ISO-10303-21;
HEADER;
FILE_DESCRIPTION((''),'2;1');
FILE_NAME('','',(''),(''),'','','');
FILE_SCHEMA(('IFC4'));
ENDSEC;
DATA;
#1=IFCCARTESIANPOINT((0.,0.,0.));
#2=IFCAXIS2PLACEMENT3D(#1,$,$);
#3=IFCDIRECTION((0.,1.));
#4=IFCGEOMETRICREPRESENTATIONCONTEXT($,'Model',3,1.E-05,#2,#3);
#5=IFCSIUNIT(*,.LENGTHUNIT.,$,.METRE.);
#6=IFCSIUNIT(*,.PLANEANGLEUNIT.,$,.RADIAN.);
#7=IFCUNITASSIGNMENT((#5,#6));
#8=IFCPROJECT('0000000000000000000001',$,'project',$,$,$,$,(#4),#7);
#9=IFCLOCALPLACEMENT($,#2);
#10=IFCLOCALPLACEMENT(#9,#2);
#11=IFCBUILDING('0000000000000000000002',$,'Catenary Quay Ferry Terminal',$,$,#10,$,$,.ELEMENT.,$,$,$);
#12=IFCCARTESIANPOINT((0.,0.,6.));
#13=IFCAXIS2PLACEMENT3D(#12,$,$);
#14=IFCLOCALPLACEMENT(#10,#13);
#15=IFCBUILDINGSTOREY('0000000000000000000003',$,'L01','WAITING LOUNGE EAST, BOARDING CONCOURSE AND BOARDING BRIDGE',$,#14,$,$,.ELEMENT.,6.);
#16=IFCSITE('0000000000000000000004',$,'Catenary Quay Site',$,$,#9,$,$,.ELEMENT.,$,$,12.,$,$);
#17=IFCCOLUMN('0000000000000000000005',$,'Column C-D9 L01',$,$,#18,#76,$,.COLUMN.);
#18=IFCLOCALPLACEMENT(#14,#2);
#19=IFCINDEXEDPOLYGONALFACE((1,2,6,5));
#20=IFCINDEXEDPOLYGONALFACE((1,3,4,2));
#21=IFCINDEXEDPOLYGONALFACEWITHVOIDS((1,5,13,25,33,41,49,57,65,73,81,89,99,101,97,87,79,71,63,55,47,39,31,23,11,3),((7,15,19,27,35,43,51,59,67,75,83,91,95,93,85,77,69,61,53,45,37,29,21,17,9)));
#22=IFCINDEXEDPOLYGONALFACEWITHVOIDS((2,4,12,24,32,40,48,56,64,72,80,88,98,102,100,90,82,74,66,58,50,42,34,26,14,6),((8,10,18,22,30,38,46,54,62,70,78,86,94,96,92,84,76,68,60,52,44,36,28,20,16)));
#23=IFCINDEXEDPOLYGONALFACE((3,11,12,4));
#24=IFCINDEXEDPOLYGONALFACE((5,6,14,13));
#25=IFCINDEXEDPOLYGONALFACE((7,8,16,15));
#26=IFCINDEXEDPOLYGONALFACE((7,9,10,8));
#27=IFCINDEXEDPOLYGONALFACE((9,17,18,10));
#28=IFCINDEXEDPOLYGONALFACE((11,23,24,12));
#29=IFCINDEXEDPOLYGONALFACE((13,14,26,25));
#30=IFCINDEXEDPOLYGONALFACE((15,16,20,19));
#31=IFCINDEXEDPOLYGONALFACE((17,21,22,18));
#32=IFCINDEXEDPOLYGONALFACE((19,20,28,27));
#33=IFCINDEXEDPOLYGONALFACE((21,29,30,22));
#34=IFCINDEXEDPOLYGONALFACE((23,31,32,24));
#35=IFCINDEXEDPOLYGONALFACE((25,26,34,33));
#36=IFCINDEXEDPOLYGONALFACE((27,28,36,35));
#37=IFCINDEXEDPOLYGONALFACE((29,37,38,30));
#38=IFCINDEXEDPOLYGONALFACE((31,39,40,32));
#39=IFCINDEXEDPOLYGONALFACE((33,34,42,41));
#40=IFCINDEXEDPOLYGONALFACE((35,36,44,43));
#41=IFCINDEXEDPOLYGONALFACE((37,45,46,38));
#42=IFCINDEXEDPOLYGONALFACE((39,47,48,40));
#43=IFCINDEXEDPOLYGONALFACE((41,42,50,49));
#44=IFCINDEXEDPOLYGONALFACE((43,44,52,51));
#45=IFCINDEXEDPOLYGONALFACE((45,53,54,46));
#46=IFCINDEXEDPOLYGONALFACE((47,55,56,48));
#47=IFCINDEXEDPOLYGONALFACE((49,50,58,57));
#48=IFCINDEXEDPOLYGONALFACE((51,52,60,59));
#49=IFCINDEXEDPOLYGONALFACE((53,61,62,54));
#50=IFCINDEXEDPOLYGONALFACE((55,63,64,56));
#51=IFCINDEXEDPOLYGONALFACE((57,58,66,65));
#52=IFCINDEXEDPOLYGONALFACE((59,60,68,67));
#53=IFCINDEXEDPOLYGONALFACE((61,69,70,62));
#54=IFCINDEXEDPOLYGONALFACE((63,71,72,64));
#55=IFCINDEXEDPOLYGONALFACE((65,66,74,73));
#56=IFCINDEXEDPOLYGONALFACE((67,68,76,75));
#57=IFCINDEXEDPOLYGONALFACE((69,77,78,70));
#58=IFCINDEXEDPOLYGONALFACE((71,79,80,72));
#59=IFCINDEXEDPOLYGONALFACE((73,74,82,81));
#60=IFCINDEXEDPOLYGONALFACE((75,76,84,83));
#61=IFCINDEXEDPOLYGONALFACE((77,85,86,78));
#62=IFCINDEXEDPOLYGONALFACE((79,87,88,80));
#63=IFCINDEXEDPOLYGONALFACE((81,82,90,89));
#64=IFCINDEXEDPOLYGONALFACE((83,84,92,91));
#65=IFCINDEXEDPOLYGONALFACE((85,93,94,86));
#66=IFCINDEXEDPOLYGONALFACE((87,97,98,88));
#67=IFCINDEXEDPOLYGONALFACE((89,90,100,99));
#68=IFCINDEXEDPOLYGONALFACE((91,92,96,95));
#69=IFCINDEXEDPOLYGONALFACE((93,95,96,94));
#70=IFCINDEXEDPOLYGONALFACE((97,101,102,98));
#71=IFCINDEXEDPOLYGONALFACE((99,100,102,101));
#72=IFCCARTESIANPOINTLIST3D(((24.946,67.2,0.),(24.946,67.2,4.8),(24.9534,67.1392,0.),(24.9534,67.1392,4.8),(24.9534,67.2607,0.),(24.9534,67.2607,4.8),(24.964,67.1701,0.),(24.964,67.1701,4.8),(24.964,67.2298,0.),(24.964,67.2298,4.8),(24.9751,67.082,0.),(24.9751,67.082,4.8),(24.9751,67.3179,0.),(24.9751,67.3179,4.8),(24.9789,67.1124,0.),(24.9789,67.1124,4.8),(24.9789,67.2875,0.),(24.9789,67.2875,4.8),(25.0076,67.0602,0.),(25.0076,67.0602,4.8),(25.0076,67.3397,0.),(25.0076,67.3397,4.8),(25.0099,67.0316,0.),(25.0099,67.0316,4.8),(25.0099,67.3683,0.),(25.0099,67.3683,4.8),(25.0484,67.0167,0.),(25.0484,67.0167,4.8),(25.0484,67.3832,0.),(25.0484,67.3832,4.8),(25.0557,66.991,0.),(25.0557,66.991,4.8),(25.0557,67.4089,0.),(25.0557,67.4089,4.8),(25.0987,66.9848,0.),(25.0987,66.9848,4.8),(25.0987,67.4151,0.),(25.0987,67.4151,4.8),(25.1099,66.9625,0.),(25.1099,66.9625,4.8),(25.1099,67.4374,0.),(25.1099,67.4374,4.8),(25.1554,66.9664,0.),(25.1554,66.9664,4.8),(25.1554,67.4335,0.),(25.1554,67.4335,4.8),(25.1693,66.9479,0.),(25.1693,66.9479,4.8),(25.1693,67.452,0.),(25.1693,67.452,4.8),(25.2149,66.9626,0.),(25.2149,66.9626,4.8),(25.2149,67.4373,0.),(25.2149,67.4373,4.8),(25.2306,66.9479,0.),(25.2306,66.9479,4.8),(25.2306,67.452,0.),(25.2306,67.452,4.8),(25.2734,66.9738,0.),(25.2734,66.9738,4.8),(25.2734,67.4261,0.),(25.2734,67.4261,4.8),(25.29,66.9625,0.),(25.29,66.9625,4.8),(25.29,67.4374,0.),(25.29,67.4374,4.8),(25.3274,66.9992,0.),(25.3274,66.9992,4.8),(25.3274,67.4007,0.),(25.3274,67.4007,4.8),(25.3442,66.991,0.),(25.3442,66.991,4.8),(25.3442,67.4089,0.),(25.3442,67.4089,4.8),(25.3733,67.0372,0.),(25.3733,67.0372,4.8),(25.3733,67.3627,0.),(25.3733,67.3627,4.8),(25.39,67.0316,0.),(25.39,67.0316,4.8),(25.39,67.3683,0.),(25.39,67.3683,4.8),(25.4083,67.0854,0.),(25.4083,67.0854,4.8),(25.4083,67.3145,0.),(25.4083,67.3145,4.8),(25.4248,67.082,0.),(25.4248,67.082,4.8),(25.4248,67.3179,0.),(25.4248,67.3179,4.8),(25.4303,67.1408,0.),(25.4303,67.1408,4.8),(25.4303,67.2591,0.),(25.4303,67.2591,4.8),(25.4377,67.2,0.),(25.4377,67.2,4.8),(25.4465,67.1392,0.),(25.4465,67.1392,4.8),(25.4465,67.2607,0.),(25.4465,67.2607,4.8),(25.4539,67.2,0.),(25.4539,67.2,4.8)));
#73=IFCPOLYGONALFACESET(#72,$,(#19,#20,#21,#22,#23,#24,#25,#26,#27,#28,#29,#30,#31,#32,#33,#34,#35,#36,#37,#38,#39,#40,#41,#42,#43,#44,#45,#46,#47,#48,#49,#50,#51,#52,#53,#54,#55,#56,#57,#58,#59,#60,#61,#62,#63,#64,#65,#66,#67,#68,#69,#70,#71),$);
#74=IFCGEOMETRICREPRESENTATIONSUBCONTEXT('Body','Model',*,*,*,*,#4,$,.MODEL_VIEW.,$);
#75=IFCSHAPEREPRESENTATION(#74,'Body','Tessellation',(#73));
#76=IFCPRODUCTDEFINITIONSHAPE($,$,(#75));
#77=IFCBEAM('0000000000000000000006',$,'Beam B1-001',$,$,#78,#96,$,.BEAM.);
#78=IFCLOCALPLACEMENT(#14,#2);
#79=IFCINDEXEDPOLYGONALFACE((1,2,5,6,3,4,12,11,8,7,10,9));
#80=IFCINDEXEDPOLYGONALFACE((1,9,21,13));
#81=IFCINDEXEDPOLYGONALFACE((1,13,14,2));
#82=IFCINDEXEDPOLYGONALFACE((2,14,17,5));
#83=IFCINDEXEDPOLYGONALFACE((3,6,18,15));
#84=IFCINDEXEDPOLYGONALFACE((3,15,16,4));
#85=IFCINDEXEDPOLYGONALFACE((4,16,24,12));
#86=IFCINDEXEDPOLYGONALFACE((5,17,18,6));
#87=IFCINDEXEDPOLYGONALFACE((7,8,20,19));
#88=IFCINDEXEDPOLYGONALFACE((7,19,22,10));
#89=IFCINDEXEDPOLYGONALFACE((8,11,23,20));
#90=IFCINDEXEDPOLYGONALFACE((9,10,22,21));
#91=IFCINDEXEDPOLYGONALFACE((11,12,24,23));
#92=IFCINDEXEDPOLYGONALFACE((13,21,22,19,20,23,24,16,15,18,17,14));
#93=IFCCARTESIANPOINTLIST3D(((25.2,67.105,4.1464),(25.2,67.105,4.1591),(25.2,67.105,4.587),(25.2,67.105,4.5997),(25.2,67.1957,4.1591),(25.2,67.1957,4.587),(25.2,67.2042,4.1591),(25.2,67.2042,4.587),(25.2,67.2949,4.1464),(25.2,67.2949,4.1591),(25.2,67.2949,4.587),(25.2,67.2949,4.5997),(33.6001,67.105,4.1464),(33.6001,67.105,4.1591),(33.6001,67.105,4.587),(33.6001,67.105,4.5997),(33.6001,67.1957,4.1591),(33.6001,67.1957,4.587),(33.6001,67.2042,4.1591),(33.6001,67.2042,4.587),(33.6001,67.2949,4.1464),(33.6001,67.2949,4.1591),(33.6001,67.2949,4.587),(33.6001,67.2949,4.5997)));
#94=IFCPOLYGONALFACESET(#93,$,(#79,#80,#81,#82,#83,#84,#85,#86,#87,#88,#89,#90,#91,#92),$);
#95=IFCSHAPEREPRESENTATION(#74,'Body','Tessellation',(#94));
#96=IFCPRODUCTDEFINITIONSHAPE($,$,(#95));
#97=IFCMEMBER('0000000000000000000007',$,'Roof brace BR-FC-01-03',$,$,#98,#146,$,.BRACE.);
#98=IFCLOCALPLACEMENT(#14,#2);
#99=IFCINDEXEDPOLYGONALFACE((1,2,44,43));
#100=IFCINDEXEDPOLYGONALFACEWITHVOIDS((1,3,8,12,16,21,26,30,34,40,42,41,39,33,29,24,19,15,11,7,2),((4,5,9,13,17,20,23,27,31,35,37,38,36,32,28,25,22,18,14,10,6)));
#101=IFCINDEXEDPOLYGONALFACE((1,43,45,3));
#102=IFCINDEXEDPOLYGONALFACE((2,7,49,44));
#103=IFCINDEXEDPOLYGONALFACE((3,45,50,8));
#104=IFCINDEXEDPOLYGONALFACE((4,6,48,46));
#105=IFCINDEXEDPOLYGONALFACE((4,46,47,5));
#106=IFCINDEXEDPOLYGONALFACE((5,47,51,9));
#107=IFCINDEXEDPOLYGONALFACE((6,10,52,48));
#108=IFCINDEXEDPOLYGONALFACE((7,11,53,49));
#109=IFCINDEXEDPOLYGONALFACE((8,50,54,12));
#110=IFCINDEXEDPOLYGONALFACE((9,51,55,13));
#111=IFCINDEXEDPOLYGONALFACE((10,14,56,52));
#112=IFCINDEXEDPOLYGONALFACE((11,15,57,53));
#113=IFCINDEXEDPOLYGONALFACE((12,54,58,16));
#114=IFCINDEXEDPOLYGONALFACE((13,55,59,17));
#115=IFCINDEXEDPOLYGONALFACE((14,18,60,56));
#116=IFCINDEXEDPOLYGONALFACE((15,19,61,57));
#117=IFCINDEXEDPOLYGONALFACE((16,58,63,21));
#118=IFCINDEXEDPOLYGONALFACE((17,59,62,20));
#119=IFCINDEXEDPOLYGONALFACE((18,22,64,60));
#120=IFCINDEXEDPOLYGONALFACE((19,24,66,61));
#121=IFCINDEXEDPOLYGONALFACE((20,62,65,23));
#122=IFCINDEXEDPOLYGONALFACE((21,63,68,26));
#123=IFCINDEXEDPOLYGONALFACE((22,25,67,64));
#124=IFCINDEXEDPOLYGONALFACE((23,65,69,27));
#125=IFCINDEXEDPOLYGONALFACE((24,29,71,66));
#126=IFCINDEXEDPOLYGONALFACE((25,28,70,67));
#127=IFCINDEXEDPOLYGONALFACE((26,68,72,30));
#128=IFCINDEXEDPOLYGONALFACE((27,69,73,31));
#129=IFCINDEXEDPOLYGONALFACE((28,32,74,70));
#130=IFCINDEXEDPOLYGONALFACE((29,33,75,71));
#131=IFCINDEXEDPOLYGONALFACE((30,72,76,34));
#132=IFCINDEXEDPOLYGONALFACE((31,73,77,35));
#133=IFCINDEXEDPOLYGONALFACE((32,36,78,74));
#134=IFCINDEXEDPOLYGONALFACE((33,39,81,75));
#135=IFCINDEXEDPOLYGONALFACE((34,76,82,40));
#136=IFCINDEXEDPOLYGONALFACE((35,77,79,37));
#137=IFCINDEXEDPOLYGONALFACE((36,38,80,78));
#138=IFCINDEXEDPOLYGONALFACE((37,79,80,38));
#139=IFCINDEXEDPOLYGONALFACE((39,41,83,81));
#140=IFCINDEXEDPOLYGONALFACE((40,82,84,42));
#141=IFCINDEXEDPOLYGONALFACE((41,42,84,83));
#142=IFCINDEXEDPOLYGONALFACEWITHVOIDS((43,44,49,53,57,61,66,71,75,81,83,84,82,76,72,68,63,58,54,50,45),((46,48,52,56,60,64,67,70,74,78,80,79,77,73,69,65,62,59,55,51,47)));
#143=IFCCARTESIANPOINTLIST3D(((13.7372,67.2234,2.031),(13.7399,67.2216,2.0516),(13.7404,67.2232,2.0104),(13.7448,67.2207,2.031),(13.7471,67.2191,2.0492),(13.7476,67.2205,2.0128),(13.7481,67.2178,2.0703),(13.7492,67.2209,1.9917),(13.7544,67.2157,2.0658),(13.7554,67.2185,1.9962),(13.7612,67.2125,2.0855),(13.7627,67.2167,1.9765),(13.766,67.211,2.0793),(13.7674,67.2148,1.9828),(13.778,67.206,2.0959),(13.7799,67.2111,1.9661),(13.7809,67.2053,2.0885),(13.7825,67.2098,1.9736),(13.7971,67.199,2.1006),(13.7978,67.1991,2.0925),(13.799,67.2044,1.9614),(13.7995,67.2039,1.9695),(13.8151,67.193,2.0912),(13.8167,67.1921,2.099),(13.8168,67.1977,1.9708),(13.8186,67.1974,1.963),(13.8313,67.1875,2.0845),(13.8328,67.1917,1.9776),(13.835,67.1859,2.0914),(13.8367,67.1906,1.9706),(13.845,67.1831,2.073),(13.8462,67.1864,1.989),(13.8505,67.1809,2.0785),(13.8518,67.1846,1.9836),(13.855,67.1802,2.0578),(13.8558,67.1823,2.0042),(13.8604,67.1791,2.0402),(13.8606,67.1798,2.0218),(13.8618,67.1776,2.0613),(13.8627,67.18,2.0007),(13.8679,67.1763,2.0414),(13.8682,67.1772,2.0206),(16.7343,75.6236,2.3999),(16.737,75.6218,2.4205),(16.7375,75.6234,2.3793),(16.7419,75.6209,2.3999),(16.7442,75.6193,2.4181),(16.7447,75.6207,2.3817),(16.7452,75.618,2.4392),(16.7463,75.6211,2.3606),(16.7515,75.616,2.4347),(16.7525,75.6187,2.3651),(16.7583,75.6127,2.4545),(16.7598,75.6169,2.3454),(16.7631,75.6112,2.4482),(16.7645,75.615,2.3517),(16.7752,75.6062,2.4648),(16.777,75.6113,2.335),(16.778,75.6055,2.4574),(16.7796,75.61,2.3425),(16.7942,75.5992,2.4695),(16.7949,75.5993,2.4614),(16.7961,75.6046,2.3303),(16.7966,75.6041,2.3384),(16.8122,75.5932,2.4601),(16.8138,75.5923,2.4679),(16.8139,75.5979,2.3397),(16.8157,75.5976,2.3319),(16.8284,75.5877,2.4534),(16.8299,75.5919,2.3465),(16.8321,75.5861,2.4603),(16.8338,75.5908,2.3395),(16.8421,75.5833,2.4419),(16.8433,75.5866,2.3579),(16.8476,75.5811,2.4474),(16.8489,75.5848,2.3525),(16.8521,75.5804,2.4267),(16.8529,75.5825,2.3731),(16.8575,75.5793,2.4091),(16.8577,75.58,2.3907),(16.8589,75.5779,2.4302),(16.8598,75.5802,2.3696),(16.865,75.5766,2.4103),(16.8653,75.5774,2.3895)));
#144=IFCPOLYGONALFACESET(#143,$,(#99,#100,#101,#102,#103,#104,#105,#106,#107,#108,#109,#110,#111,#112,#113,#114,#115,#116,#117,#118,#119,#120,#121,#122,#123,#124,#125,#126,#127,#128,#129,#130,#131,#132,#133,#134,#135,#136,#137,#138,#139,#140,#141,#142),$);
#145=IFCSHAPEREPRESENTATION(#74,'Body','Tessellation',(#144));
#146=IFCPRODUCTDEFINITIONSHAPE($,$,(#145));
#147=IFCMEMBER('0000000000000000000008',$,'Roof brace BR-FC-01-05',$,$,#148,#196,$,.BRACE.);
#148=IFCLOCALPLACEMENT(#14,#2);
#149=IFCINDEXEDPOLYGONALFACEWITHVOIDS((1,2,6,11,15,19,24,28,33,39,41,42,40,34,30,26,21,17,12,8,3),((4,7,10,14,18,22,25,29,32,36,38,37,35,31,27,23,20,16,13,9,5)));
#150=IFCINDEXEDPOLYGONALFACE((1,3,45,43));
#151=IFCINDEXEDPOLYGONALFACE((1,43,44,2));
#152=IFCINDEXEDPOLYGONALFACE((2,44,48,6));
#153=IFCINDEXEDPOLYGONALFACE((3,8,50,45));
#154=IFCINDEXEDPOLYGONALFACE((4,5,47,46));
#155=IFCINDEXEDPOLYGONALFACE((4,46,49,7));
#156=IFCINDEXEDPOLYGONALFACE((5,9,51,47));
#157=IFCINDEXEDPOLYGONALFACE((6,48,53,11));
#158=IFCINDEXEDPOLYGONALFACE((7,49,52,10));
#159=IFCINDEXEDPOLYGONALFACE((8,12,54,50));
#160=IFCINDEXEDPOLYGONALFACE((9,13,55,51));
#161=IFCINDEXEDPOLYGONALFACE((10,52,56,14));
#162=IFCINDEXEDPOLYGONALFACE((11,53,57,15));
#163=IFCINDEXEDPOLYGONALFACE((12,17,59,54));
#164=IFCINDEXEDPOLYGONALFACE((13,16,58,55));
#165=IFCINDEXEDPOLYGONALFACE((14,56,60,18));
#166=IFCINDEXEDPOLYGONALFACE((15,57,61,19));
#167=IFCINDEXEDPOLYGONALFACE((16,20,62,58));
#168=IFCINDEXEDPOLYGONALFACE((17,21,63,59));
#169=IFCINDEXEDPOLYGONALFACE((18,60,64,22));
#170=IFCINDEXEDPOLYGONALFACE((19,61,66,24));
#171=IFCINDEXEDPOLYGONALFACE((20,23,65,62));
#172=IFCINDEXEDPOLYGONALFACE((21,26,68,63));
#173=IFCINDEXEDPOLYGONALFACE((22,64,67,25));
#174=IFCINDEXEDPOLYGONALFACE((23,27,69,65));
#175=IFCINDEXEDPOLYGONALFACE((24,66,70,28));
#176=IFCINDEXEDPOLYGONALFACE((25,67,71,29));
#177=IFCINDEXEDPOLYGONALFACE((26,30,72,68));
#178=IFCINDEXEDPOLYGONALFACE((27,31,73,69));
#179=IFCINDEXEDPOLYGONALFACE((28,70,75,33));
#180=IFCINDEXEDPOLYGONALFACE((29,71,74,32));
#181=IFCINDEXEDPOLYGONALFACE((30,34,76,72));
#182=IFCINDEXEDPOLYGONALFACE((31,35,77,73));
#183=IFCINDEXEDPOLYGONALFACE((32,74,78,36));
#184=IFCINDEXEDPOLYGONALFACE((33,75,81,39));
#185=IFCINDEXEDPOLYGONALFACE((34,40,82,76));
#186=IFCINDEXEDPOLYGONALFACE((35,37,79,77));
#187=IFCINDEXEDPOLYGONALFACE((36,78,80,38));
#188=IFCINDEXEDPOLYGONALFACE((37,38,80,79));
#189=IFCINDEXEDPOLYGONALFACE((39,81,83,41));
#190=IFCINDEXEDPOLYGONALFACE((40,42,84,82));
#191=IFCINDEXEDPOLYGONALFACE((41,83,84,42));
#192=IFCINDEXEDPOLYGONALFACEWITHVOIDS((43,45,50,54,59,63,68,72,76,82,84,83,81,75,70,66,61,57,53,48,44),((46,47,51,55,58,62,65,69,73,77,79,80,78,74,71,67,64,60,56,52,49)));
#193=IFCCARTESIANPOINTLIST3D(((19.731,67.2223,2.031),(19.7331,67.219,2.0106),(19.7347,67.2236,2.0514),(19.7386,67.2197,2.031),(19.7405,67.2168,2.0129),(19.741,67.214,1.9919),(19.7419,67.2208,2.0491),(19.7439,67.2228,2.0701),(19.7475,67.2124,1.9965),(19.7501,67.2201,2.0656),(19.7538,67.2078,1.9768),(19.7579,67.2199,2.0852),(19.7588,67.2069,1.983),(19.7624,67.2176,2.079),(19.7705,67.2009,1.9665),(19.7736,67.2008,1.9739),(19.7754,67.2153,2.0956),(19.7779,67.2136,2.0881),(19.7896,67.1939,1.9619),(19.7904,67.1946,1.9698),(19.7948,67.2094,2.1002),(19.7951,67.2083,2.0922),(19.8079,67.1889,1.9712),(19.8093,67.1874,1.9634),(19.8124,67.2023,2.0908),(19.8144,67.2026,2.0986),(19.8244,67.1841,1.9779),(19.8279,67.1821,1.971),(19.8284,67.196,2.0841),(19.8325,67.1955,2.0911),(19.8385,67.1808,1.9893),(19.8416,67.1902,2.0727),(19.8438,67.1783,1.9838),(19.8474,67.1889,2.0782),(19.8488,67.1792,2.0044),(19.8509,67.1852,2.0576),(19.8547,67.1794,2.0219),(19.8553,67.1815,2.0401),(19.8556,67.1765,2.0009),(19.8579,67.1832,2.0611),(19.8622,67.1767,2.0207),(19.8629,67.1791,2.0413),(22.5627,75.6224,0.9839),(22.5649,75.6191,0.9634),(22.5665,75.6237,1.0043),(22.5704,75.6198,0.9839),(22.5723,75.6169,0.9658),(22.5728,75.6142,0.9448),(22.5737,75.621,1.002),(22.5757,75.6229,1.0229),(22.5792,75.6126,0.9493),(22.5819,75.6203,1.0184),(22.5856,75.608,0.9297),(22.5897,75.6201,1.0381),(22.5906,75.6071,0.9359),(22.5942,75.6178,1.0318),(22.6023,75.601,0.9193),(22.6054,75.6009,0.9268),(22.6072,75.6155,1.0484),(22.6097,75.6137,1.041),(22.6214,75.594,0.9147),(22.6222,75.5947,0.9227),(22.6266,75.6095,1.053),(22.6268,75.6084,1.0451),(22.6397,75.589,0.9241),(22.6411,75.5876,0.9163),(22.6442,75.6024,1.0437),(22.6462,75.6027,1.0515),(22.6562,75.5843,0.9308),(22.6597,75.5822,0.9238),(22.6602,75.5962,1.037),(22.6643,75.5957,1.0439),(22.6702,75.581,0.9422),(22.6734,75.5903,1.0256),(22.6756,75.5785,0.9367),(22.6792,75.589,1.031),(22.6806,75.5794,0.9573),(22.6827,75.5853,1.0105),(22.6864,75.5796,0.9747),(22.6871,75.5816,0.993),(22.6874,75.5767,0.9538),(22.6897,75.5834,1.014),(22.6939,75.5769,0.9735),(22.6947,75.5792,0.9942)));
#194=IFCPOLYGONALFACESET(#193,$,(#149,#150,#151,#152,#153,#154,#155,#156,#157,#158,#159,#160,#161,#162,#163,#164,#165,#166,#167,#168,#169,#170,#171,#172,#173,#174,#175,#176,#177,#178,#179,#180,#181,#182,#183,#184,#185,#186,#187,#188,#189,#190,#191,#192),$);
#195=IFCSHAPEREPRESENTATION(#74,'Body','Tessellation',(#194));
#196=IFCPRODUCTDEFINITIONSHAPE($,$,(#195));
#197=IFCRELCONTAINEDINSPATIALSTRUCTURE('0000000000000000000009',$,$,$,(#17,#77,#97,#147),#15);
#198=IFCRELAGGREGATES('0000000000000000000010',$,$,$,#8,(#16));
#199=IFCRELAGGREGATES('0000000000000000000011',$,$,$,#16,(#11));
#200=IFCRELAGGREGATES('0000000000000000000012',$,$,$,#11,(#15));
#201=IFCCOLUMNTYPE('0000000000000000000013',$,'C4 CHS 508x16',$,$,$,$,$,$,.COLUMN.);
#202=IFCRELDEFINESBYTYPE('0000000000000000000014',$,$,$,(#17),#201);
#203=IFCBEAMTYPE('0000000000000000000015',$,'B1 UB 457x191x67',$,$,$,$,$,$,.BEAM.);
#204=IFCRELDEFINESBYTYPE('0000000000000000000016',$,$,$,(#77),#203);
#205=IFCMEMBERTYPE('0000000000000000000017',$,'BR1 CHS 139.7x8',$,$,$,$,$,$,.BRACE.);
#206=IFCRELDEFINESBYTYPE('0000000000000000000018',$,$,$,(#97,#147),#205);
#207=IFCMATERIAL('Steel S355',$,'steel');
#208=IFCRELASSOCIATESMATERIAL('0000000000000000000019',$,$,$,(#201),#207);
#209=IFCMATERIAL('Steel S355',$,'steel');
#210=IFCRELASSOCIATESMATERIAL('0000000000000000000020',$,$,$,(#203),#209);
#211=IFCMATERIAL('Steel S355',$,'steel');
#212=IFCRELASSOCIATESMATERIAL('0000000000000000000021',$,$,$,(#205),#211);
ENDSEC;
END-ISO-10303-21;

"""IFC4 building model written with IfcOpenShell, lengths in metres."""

from ifc_helpers import new_model, si_unit, direction, frame, origin, origin_2d, place, context, subcontext, project, spatial, hollow_circle, i_section, extrude, material, material_profile, profile_set, type_object, element, save


model = new_model("IFC4")

# Units and contexts
model_context = context("Model", 3, precision=1e-05, world=origin(), true_north=direction((0.0, 1.0)))
body_context = subcontext(model_context, "Body", "Model", "MODEL_VIEW")
ifc_project = project(units=[si_unit("LENGTHUNIT", "METRE"), si_unit("PLANEANGLEUNIT", "RADIAN")], contexts=[model_context])

# Site, building, storey
site_placement = place(None, origin())
site = spatial("IfcSite", under=ifc_project, at=site_placement, Name="Catenary Quay Site", CompositionType="ELEMENT", RefElevation=12.0)
building_placement = place(site_placement, origin())
building = spatial("IfcBuilding", under=site, at=building_placement, Name="Catenary Quay Ferry Terminal", CompositionType="ELEMENT")
storey_placement = place(building_placement, frame((0.0, 0.0, 6.0)))
storey = spatial("IfcBuildingStorey", under=building, at=storey_placement, Name="L01", Description="WAITING LOUNGE EAST, BOARDING CONCOURSE AND BOARDING BRIDGE", CompositionType="ELEMENT", Elevation=6.0)

# Column
ifc_material_1 = material(Name="Steel S355", Category="steel")
ifc_material_profile_1 = material_profile(ifc_material_1, hollow_circle(Radius=0.2539, WallThickness=0.0161, at=origin_2d()), Name="CHS 508x16")
ifc_profile_set_1 = profile_set([ifc_material_profile_1], Name="Steel S355")
column_type = type_object("IfcColumnType", Name="C4 CHS 508x16", PredefinedType="COLUMN", material=ifc_profile_set_1)
column_placement = place(storey_placement, frame((25.2, 67.2, 0.0), z_axis=(0.0, 0.0, 1.0), x_axis=(1.0, 0.0, 0.0)))
element("IfcColumn", 1, at=column_placement, inside=storey, type_object=column_type, Name="Column C-D9 L01", PredefinedType="COLUMN", context=body_context, shape_type="SweptSolid", body=[
    extrude(hollow_circle(Radius=0.2539, WallThickness=0.0161, at=origin_2d()), origin(), (0.0, 0.0, 1.0), 4.8),
])

# Beam
ifc_material_2 = material(Name="Steel S355", Category="steel")
ifc_material_profile_2 = material_profile(ifc_material_2, i_section(OverallWidth=0.1899, OverallDepth=0.4534, WebThickness=0.0085, FlangeThickness=0.0127, at=origin_2d()), Name="UB 457x191x67")
ifc_profile_set_2 = profile_set([ifc_material_profile_2], Name="Steel S355")
beam_type_1 = type_object("IfcBeamType", Name="B1 UB 457x191x67", PredefinedType="BEAM", material=ifc_profile_set_2)
beam_1_placement = place(storey_placement, frame((25.2, 67.2, 4.373), z_axis=(1.0, 0.0, 0.0), x_axis=(0.0, 1.0, 0.0)))
element("IfcBeam", 2, at=beam_1_placement, inside=storey, type_object=beam_type_1, Name="Beam B1-001", PredefinedType="BEAM", context=body_context, shape_type="SweptSolid", body=[
    extrude(i_section(OverallWidth=0.1899, OverallDepth=0.4534, WebThickness=0.0085, FlangeThickness=0.0127, at=origin_2d()), origin(), (0.0, 0.0, 1.0), 8.4001),
])

# Members
ifc_material_3 = material(Name="Steel S355", Category="steel")
ifc_material_profile_3 = material_profile(ifc_material_3, hollow_circle(Radius=0.0698, WallThickness=0.0081, at=origin_2d()), Name="CHS 139.7x8")
ifc_profile_set_3 = profile_set([ifc_material_profile_3], Name="Steel S355")
member_type_1 = type_object("IfcMemberType", Name="BR1 CHS 139.7x8", PredefinedType="BRACE", material=ifc_profile_set_3)
member_1_placement = place(storey_placement, frame((13.803, 67.2, 2.031), z_axis=(0.335753, 0.941043, 0.041326), x_axis=(-0.941848, 0.33604, 0.0)))
element("IfcMember", 3, at=member_1_placement, inside=storey, type_object=member_type_1, Name="Roof brace BR-FC-01-03", PredefinedType="BRACE", context=body_context, shape_type="SweptSolid", body=[
    extrude(hollow_circle(Radius=0.0698, WallThickness=0.0081, at=origin_2d()), origin(), (0.0, 0.0, 1.0), 8.9265),
])
member_2_placement = place(storey_placement, frame((19.7971, 67.2, 2.031), z_axis=(0.317243, 0.941061, -0.117308), x_axis=(-0.947604, 0.319448, 0.0)))
element("IfcMember", 4, at=member_2_placement, inside=storey, type_object=member_type_1, Name="Roof brace BR-FC-01-05", PredefinedType="BRACE", context=body_context, shape_type="SweptSolid", body=[
    extrude(hollow_circle(Radius=0.0698, WallThickness=0.0081, at=origin_2d()), origin(), (0.0, 0.0, 1.0), 8.9263),
])

save(model, "model.ifc")
